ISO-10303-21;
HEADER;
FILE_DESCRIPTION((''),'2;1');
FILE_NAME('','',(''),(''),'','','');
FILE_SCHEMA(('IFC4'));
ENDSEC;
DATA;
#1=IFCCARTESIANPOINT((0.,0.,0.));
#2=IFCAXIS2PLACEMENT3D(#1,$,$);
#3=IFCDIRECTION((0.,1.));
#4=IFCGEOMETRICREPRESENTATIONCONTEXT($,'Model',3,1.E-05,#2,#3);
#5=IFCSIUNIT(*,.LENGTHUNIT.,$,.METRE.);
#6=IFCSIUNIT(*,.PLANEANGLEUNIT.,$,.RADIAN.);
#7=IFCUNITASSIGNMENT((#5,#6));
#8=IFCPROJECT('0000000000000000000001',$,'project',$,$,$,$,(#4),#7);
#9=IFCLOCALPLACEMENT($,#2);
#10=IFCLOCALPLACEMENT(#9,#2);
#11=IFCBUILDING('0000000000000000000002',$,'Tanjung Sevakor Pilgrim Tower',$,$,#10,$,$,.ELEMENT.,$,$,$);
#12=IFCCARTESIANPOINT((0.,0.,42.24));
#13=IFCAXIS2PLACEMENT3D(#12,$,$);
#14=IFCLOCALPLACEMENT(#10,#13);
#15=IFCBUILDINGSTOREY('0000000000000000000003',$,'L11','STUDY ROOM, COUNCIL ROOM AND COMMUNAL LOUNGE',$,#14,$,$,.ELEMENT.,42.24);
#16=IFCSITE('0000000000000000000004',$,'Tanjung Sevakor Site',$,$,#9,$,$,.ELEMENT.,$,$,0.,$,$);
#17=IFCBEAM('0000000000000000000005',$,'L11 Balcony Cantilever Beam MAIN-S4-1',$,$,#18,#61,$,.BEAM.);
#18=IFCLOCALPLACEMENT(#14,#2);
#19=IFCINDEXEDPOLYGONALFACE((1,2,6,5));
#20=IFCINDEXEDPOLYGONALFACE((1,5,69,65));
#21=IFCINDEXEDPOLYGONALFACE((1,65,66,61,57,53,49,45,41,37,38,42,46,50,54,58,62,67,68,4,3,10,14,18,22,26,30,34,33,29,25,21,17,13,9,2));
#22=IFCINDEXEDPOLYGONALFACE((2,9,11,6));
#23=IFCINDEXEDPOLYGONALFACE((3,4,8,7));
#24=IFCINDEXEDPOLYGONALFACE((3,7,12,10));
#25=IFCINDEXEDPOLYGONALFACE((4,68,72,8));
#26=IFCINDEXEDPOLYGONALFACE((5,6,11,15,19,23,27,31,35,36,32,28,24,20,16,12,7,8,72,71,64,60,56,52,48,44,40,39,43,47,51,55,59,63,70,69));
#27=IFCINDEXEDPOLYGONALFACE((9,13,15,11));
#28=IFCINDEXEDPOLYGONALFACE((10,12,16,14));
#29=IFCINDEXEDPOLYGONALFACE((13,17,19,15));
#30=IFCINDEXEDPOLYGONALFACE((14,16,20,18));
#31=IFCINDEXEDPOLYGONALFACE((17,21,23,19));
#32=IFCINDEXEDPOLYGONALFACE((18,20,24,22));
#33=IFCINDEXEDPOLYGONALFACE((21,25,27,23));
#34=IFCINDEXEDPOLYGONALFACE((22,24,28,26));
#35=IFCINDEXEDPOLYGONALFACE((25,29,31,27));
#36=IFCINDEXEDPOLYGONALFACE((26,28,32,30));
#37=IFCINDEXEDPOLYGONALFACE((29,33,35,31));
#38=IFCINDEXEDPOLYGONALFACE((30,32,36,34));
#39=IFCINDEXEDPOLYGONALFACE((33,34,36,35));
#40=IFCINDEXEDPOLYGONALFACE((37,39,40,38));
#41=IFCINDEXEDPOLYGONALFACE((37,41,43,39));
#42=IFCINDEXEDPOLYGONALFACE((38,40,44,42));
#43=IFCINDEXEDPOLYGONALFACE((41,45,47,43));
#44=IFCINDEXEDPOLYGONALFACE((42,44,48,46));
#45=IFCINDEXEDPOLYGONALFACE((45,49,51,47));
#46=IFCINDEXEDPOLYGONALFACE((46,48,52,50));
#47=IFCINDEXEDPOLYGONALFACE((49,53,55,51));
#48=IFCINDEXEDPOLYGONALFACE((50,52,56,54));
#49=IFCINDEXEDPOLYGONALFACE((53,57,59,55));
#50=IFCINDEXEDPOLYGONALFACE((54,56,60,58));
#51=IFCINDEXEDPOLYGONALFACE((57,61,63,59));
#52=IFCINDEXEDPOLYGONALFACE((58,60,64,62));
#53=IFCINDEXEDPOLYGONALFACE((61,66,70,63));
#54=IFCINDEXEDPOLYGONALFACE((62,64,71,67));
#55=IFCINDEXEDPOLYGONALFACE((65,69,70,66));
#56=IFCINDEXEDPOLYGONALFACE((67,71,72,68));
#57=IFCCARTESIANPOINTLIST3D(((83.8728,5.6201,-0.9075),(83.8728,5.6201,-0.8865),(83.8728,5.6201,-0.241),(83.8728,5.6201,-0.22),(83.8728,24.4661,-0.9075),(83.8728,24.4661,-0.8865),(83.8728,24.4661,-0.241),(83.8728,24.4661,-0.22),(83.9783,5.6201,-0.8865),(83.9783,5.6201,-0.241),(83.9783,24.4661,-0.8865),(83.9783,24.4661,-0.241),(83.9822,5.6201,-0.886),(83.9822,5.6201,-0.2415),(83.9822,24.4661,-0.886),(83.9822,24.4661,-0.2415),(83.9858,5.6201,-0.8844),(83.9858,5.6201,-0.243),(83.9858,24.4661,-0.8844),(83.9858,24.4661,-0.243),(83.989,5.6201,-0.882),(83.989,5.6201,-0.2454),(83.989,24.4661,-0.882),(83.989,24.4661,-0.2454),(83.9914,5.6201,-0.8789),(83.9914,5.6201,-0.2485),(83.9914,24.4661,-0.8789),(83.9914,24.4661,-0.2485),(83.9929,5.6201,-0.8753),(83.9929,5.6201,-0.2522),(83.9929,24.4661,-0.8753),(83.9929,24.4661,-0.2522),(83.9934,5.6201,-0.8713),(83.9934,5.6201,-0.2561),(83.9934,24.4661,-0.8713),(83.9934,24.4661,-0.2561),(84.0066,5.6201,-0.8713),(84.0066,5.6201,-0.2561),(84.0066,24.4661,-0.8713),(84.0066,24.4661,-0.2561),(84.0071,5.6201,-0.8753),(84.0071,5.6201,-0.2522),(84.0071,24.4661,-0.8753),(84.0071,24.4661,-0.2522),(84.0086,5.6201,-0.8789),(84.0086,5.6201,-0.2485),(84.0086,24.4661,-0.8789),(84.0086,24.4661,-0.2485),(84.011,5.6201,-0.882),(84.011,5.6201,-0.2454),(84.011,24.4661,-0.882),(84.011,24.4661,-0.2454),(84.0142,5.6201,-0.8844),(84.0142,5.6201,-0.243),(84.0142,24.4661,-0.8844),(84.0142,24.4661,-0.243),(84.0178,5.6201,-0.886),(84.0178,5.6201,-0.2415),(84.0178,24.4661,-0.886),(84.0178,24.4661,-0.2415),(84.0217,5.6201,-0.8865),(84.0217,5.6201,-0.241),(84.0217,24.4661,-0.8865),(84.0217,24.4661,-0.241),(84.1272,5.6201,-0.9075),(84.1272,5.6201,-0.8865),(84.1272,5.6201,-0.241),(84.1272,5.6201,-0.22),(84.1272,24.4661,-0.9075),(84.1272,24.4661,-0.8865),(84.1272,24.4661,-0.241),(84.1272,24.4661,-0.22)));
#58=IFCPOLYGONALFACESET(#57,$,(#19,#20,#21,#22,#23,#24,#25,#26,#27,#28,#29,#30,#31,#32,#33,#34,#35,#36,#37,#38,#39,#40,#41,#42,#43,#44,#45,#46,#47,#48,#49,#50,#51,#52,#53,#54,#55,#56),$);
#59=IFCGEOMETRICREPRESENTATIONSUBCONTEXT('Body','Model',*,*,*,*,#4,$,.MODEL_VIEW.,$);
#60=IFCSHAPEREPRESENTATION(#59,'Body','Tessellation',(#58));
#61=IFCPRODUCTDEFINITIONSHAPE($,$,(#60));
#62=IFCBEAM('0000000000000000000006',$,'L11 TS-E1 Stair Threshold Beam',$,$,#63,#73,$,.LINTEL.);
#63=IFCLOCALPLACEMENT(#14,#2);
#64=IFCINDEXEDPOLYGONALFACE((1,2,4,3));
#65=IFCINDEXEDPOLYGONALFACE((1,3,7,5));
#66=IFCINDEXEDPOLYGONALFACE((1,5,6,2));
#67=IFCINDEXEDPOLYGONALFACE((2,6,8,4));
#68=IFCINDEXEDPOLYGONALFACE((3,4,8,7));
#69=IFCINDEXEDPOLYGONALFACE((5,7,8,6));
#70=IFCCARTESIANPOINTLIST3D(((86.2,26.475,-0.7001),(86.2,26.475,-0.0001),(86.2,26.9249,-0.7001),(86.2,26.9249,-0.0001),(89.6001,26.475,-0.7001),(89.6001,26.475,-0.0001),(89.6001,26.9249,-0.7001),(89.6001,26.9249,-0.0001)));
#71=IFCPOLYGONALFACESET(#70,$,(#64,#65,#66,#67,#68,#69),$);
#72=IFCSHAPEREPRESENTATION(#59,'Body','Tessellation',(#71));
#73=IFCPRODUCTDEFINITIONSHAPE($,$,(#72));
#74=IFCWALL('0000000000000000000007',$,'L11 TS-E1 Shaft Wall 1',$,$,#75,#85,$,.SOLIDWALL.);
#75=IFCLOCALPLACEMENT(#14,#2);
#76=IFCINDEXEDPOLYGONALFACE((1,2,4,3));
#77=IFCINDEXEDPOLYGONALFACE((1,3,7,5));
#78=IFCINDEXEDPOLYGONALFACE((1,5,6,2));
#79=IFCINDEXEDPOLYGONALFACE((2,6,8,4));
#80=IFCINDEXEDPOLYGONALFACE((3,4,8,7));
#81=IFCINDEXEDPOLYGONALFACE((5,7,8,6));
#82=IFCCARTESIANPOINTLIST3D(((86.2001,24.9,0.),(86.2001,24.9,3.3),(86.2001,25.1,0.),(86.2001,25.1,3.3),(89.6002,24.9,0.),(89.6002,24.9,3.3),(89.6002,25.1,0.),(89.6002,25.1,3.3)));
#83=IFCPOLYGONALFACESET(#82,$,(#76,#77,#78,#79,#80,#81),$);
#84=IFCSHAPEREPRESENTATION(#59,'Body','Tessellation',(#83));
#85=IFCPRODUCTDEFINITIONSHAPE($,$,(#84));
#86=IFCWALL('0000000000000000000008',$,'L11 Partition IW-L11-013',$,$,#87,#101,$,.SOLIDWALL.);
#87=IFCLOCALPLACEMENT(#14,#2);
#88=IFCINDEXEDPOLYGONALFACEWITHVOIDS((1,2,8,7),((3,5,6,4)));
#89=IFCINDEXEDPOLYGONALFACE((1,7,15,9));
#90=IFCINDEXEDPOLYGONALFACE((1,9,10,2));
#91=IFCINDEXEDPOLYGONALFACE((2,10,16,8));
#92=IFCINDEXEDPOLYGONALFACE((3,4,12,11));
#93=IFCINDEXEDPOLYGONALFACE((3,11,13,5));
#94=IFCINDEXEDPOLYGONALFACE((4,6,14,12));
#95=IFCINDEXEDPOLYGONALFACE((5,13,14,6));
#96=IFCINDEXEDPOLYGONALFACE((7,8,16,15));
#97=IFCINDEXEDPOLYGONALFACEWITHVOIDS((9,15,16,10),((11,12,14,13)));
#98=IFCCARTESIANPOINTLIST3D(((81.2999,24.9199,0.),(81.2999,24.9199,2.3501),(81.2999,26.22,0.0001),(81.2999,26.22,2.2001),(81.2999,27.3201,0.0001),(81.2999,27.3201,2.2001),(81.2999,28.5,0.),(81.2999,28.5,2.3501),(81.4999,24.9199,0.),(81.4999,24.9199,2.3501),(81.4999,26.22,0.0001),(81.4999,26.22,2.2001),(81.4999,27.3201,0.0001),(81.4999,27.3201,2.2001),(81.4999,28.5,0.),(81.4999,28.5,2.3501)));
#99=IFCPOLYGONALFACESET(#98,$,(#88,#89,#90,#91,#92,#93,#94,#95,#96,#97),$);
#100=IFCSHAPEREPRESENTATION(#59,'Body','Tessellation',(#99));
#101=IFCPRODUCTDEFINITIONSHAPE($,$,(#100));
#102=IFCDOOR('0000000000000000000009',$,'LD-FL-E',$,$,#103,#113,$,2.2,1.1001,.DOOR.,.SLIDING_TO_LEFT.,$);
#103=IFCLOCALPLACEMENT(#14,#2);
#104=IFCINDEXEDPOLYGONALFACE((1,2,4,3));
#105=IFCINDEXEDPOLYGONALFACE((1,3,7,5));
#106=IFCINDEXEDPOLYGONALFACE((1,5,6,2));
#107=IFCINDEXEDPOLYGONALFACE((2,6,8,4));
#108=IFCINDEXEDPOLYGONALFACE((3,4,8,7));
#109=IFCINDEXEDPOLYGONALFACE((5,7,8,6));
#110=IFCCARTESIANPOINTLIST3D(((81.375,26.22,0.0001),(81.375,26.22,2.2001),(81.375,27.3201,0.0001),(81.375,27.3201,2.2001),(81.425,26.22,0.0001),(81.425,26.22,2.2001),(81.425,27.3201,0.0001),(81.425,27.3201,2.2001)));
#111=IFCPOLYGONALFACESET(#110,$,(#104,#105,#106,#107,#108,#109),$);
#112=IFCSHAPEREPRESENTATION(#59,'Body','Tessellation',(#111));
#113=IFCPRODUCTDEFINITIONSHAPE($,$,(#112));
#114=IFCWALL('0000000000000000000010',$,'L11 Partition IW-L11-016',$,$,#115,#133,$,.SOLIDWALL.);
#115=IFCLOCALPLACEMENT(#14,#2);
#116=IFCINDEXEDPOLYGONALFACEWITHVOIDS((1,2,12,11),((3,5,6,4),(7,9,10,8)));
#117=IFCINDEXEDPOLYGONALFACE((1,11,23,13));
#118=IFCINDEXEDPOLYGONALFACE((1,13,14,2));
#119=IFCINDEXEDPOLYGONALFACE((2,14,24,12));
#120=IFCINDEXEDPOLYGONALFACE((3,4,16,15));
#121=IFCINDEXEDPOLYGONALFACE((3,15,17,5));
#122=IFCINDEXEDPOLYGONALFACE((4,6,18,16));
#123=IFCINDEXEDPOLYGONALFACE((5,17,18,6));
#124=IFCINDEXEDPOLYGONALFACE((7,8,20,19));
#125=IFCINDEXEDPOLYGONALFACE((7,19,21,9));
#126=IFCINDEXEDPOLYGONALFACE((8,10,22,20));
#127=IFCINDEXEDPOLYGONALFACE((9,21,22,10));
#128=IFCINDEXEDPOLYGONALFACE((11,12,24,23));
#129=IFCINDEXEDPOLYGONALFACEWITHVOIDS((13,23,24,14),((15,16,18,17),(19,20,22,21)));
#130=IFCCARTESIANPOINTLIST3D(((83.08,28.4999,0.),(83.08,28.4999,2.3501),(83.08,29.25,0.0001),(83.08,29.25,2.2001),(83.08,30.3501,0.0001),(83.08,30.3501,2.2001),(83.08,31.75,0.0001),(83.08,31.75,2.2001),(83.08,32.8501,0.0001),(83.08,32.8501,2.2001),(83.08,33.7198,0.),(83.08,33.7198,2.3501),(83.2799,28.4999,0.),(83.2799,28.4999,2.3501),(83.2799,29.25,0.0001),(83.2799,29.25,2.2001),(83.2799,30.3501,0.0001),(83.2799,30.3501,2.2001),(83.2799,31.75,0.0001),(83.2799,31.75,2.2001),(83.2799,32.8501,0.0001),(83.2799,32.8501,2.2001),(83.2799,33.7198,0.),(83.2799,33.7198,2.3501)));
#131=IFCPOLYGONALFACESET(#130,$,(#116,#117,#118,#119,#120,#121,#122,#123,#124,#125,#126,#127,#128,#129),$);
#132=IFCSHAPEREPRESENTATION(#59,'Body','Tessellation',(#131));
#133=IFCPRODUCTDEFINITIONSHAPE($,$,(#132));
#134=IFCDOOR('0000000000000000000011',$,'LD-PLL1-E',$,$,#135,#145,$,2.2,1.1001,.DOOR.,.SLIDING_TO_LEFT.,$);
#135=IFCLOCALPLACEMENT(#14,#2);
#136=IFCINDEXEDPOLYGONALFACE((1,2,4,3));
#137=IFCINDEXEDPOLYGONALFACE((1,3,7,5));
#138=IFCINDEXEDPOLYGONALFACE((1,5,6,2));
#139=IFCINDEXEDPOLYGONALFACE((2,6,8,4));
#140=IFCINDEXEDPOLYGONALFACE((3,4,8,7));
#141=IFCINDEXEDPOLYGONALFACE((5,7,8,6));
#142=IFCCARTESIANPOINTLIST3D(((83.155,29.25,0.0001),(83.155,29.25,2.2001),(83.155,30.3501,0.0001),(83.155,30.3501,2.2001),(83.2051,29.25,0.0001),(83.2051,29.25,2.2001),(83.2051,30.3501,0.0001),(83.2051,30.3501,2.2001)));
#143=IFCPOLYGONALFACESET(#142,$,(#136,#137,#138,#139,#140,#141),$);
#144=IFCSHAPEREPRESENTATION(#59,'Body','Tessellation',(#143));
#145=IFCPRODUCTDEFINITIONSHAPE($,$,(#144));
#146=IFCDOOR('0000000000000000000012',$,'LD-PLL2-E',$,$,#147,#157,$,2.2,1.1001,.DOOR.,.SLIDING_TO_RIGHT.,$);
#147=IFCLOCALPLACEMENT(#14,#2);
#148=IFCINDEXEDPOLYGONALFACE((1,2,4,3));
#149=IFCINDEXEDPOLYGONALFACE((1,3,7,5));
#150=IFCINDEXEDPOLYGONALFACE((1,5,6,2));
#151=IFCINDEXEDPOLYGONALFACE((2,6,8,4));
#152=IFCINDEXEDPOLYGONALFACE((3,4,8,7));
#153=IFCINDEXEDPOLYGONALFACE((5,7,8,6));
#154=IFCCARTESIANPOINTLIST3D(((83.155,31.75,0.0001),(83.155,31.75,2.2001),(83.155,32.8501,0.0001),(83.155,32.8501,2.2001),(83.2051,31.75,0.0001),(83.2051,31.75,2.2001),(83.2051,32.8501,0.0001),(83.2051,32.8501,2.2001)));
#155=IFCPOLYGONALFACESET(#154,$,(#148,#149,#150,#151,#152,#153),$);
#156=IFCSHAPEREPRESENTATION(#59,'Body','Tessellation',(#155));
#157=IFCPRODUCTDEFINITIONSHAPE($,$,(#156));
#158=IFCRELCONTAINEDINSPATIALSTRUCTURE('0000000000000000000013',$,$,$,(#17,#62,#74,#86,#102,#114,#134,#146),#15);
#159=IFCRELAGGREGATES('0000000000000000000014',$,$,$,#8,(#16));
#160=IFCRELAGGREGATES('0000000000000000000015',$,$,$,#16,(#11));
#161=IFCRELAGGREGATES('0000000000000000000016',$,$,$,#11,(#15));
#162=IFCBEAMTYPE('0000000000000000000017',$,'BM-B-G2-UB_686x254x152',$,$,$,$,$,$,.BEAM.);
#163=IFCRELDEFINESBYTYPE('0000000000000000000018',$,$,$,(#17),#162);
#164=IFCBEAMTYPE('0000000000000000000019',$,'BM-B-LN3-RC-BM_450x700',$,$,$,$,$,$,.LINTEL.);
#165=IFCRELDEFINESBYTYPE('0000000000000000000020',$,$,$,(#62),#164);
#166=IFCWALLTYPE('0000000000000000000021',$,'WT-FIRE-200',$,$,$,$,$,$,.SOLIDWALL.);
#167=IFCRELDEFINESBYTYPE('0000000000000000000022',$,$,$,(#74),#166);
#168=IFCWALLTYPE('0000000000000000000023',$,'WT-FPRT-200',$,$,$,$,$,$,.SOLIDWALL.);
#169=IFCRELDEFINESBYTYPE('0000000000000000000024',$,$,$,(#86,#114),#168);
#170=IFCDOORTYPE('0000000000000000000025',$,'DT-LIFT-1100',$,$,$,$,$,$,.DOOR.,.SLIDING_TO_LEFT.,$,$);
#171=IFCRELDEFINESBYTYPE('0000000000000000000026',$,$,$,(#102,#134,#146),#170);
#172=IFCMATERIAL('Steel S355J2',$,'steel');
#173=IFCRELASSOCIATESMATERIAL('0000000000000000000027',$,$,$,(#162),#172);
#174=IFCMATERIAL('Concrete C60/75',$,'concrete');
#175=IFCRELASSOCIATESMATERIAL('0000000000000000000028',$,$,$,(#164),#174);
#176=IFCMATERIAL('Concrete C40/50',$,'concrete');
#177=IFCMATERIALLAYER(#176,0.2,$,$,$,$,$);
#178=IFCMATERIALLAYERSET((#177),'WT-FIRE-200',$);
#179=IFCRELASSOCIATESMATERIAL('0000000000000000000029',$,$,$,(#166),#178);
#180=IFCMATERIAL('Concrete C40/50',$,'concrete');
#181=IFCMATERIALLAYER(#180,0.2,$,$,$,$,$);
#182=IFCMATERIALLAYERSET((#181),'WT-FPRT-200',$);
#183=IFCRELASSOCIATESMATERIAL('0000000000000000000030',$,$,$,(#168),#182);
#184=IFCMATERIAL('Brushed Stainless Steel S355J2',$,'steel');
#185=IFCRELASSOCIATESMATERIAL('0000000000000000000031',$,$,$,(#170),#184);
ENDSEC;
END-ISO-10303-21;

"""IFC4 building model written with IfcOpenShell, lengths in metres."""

from ifc_helpers import new_model, si_unit, direction, frame, frame_2d, origin, origin_2d, place, context, subcontext, project, spatial, rectangle, i_section, extrude, material, layer, layer_set, material_profile, profile_set, type_object, element, fill, save


model = new_model("IFC4")

# Units and contexts
model_context = context("Model", 3, precision=1e-05, world=origin(), true_north=direction((0.0, 1.0)))
body_context = subcontext(model_context, "Body", "Model", "MODEL_VIEW")
ifc_project = project(units=[si_unit("LENGTHUNIT", "METRE"), si_unit("PLANEANGLEUNIT", "RADIAN")], contexts=[model_context])

# Site, building, storey
site_placement = place(None, origin())
site = spatial("IfcSite", under=ifc_project, at=site_placement, Name="Tanjung Sevakor Site", CompositionType="ELEMENT", RefElevation=0.0)
building_placement = place(site_placement, origin())
building = spatial("IfcBuilding", under=site, at=building_placement, Name="Tanjung Sevakor Pilgrim Tower", CompositionType="ELEMENT")
storey_placement = place(building_placement, frame((0.0, 0.0, 42.24)))
storey = spatial("IfcBuildingStorey", under=building, at=storey_placement, Name="L11", Description="STUDY ROOM, COUNCIL ROOM AND COMMUNAL LOUNGE", CompositionType="ELEMENT", Elevation=42.24)

# Beams
ifc_material_1 = material(Name="Steel S355J2", Category="steel")
ifc_material_profile_1 = material_profile(ifc_material_1, i_section(OverallWidth=0.2544, OverallDepth=0.6875, WebThickness=0.0132, FlangeThickness=0.021, FilletRadius=0.0151, at=origin_2d()))
ifc_profile_set_1 = profile_set([ifc_material_profile_1], Name="Steel S355J2")
beam_type_1 = type_object("IfcBeamType", Name="BM-B-G2-UB_686x254x152", PredefinedType="BEAM", material=ifc_profile_set_1)
beam_1_placement = place(storey_placement, frame((84.0, 24.4661, -0.5637), z_axis=(0.0, -1.0, 0.0), x_axis=(1.0, 0.0, 0.0)))
element("IfcBeam", 1, at=beam_1_placement, inside=storey, type_object=beam_type_1, Name="L11 Balcony Cantilever Beam MAIN-S4-1", PredefinedType="BEAM", context=body_context, shape_type="SweptSolid", body=[
    extrude(i_section(OverallWidth=0.2544, OverallDepth=0.6875, WebThickness=0.0132, FlangeThickness=0.021, FilletRadius=0.0151, at=origin_2d()), origin(), (0.0, 0.0, 1.0), 18.8459),
])
ifc_material_2 = material(Name="Concrete C60/75", Category="concrete")
ifc_material_profile_2 = material_profile(ifc_material_2, rectangle(XDim=0.45, YDim=0.7, at=origin_2d()))
ifc_profile_set_2 = profile_set([ifc_material_profile_2], Name="Concrete C60/75")
beam_type_2 = type_object("IfcBeamType", Name="BM-B-LN3-RC-BM_450x700", PredefinedType="LINTEL", material=ifc_profile_set_2)
beam_2_placement = place(storey_placement, frame((86.2, 26.7, -0.3501), z_axis=(1.0, 0.0, 0.0), x_axis=(0.0, 1.0, 0.0)))
element("IfcBeam", 2, at=beam_2_placement, inside=storey, type_object=beam_type_2, Name="L11 TS-E1 Stair Threshold Beam", PredefinedType="LINTEL", context=body_context, shape_type="SweptSolid", body=[
    extrude(rectangle(XDim=0.45, YDim=0.7, at=origin_2d()), origin(), (0.0, 0.0, 1.0), 3.4001),
])

# Wall
ifc_material_3 = material(Name="Concrete C40/50", Category="concrete")
ifc_layer_1 = layer(ifc_material_3, 0.2)
ifc_layer_set_1 = layer_set([ifc_layer_1], Name="WT-FIRE-200")
wall_type_1 = type_object("IfcWallType", Name="WT-FIRE-200", PredefinedType="SOLIDWALL", material=ifc_layer_set_1)
wall_1_placement = place(storey_placement, frame((86.2, 25.0, 0.0), z_axis=(0.0, 0.0, 1.0), x_axis=(1.0, 0.0, 0.0)))
element("IfcWall", 3, at=wall_1_placement, inside=storey, type_object=wall_type_1, Name="L11 TS-E1 Shaft Wall 1", PredefinedType="SOLIDWALL", context=body_context, shape_type="SweptSolid", body=[
    extrude(rectangle(XDim=3.4001, YDim=0.2, at=frame_2d((1.7002, 0.0))), origin(), (0.0, 0.0, 1.0), 3.3),
])

# Wall, opening, door
ifc_material_4 = material(Name="Concrete C40/50", Category="concrete")
ifc_layer_2 = layer(ifc_material_4, 0.2)
ifc_layer_set_2 = layer_set([ifc_layer_2], Name="WT-FPRT-200")
wall_type_2 = type_object("IfcWallType", Name="WT-FPRT-200", PredefinedType="SOLIDWALL", material=ifc_layer_set_2)
wall_2_placement = place(storey_placement, frame((81.3999, 24.9199, 0.0), z_axis=(0.0, 0.0, 1.0), x_axis=(0.0, 1.0, 0.0)))
wall_2 = element("IfcWall", 4, at=wall_2_placement, inside=storey, type_object=wall_type_2, Name="L11 Partition IW-L11-013", PredefinedType="SOLIDWALL", context=body_context, shape_type="SweptSolid", body=[
    extrude(rectangle(XDim=3.5801, YDim=0.2, at=frame_2d((1.79, 0.0))), origin(), (0.0, 0.0, 1.0), 2.3501),
])
opening_1_placement = place(wall_2_placement, frame((1.3, 0.0, 0.0)))
opening_1 = element("IfcOpeningElement", 5, at=opening_1_placement, cuts=wall_2, PredefinedType="OPENING", context=body_context, shape_type="SweptSolid", body=[
    extrude(rectangle(XDim=1.1001, YDim=2.2, at=frame_2d((0.55, 1.1001))), frame((0.0, 0.1099, 0.0), z_axis=(0.0, -1.0, 0.0), x_axis=(1.0, 0.0, 0.0)), (0.0, 0.0, 1.0), 0.22),
])
ifc_material_5 = material(Name="Brushed Stainless Steel S355J2", Category="steel")
door_type_1 = type_object("IfcDoorType", Name="DT-LIFT-1100", OperationType="SLIDING_TO_LEFT", PredefinedType="DOOR", material=ifc_material_5)
door_1_placement = place(opening_1_placement, origin())
door_1 = element("IfcDoor", 6, at=door_1_placement, inside=storey, type_object=door_type_1, Name="LD-FL-E", OperationType="SLIDING_TO_LEFT", OverallHeight=2.2, OverallWidth=1.1001, PredefinedType="DOOR", context=body_context, shape_type="SweptSolid", body=[
    extrude(rectangle(XDim=1.1001, YDim=2.2, at=frame_2d((0.55, 1.1001))), frame((0.0, 0.0249, 0.0), z_axis=(0.0, -1.0, 0.0), x_axis=(1.0, 0.0, 0.0)), (0.0, 0.0, 1.0), 0.05),
])
fill(opening_1, door_1)

# Wall, openings, doors
wall_3_placement = place(storey_placement, frame((83.1799, 28.5, 0.0), z_axis=(0.0, 0.0, 1.0), x_axis=(0.0, 1.0, 0.0)))
wall_3 = element("IfcWall", 7, at=wall_3_placement, inside=storey, type_object=wall_type_2, Name="L11 Partition IW-L11-016", PredefinedType="SOLIDWALL", context=body_context, shape_type="SweptSolid", body=[
    extrude(rectangle(XDim=5.22, YDim=0.2, at=frame_2d((2.6099, 0.0))), origin(), (0.0, 0.0, 1.0), 2.3501),
])
opening_2_placement = place(wall_3_placement, frame((0.75, 0.0, 0.0)))
opening_2 = element("IfcOpeningElement", 8, at=opening_2_placement, cuts=wall_3, PredefinedType="OPENING", context=body_context, shape_type="SweptSolid", body=[
    extrude(rectangle(XDim=1.1001, YDim=2.2, at=frame_2d((0.55, 1.1001))), frame((0.0, 0.1099, 0.0), z_axis=(0.0, -1.0, 0.0), x_axis=(1.0, 0.0, 0.0)), (0.0, 0.0, 1.0), 0.22),
])
opening_3_placement = place(wall_3_placement, frame((3.25, 0.0, 0.0)))
opening_3 = element("IfcOpeningElement", 9, at=opening_3_placement, cuts=wall_3, PredefinedType="OPENING", context=body_context, shape_type="SweptSolid", body=[
    extrude(rectangle(XDim=1.1001, YDim=2.2, at=frame_2d((0.55, 1.1001))), frame((0.0, 0.1099, 0.0), z_axis=(0.0, -1.0, 0.0), x_axis=(1.0, 0.0, 0.0)), (0.0, 0.0, 1.0), 0.22),
])
door_2_placement = place(opening_2_placement, origin())
door_2 = element("IfcDoor", 10, at=door_2_placement, inside=storey, type_object=door_type_1, Name="LD-PLL1-E", OperationType="SLIDING_TO_LEFT", OverallHeight=2.2, OverallWidth=1.1001, PredefinedType="DOOR", context=body_context, shape_type="SweptSolid", body=[
    extrude(rectangle(XDim=1.1001, YDim=2.2, at=frame_2d((0.55, 1.1001))), frame((0.0, 0.0249, 0.0), z_axis=(0.0, -1.0, 0.0), x_axis=(1.0, 0.0, 0.0)), (0.0, 0.0, 1.0), 0.05),
])
fill(opening_2, door_2)
door_3_placement = place(opening_3_placement, origin())
door_3 = element("IfcDoor", 11, at=door_3_placement, inside=storey, type_object=door_type_1, Name="LD-PLL2-E", OperationType="SLIDING_TO_RIGHT", OverallHeight=2.2, OverallWidth=1.1001, PredefinedType="DOOR", context=body_context, shape_type="SweptSolid", body=[
    extrude(rectangle(XDim=1.1001, YDim=2.2, at=frame_2d((0.55, 1.1001))), frame((0.0, 0.0249, 0.0), z_axis=(0.0, -1.0, 0.0), x_axis=(1.0, 0.0, 0.0)), (0.0, 0.0, 1.0), 0.05),
])
fill(opening_3, door_3)

save(model, "model.ifc")
